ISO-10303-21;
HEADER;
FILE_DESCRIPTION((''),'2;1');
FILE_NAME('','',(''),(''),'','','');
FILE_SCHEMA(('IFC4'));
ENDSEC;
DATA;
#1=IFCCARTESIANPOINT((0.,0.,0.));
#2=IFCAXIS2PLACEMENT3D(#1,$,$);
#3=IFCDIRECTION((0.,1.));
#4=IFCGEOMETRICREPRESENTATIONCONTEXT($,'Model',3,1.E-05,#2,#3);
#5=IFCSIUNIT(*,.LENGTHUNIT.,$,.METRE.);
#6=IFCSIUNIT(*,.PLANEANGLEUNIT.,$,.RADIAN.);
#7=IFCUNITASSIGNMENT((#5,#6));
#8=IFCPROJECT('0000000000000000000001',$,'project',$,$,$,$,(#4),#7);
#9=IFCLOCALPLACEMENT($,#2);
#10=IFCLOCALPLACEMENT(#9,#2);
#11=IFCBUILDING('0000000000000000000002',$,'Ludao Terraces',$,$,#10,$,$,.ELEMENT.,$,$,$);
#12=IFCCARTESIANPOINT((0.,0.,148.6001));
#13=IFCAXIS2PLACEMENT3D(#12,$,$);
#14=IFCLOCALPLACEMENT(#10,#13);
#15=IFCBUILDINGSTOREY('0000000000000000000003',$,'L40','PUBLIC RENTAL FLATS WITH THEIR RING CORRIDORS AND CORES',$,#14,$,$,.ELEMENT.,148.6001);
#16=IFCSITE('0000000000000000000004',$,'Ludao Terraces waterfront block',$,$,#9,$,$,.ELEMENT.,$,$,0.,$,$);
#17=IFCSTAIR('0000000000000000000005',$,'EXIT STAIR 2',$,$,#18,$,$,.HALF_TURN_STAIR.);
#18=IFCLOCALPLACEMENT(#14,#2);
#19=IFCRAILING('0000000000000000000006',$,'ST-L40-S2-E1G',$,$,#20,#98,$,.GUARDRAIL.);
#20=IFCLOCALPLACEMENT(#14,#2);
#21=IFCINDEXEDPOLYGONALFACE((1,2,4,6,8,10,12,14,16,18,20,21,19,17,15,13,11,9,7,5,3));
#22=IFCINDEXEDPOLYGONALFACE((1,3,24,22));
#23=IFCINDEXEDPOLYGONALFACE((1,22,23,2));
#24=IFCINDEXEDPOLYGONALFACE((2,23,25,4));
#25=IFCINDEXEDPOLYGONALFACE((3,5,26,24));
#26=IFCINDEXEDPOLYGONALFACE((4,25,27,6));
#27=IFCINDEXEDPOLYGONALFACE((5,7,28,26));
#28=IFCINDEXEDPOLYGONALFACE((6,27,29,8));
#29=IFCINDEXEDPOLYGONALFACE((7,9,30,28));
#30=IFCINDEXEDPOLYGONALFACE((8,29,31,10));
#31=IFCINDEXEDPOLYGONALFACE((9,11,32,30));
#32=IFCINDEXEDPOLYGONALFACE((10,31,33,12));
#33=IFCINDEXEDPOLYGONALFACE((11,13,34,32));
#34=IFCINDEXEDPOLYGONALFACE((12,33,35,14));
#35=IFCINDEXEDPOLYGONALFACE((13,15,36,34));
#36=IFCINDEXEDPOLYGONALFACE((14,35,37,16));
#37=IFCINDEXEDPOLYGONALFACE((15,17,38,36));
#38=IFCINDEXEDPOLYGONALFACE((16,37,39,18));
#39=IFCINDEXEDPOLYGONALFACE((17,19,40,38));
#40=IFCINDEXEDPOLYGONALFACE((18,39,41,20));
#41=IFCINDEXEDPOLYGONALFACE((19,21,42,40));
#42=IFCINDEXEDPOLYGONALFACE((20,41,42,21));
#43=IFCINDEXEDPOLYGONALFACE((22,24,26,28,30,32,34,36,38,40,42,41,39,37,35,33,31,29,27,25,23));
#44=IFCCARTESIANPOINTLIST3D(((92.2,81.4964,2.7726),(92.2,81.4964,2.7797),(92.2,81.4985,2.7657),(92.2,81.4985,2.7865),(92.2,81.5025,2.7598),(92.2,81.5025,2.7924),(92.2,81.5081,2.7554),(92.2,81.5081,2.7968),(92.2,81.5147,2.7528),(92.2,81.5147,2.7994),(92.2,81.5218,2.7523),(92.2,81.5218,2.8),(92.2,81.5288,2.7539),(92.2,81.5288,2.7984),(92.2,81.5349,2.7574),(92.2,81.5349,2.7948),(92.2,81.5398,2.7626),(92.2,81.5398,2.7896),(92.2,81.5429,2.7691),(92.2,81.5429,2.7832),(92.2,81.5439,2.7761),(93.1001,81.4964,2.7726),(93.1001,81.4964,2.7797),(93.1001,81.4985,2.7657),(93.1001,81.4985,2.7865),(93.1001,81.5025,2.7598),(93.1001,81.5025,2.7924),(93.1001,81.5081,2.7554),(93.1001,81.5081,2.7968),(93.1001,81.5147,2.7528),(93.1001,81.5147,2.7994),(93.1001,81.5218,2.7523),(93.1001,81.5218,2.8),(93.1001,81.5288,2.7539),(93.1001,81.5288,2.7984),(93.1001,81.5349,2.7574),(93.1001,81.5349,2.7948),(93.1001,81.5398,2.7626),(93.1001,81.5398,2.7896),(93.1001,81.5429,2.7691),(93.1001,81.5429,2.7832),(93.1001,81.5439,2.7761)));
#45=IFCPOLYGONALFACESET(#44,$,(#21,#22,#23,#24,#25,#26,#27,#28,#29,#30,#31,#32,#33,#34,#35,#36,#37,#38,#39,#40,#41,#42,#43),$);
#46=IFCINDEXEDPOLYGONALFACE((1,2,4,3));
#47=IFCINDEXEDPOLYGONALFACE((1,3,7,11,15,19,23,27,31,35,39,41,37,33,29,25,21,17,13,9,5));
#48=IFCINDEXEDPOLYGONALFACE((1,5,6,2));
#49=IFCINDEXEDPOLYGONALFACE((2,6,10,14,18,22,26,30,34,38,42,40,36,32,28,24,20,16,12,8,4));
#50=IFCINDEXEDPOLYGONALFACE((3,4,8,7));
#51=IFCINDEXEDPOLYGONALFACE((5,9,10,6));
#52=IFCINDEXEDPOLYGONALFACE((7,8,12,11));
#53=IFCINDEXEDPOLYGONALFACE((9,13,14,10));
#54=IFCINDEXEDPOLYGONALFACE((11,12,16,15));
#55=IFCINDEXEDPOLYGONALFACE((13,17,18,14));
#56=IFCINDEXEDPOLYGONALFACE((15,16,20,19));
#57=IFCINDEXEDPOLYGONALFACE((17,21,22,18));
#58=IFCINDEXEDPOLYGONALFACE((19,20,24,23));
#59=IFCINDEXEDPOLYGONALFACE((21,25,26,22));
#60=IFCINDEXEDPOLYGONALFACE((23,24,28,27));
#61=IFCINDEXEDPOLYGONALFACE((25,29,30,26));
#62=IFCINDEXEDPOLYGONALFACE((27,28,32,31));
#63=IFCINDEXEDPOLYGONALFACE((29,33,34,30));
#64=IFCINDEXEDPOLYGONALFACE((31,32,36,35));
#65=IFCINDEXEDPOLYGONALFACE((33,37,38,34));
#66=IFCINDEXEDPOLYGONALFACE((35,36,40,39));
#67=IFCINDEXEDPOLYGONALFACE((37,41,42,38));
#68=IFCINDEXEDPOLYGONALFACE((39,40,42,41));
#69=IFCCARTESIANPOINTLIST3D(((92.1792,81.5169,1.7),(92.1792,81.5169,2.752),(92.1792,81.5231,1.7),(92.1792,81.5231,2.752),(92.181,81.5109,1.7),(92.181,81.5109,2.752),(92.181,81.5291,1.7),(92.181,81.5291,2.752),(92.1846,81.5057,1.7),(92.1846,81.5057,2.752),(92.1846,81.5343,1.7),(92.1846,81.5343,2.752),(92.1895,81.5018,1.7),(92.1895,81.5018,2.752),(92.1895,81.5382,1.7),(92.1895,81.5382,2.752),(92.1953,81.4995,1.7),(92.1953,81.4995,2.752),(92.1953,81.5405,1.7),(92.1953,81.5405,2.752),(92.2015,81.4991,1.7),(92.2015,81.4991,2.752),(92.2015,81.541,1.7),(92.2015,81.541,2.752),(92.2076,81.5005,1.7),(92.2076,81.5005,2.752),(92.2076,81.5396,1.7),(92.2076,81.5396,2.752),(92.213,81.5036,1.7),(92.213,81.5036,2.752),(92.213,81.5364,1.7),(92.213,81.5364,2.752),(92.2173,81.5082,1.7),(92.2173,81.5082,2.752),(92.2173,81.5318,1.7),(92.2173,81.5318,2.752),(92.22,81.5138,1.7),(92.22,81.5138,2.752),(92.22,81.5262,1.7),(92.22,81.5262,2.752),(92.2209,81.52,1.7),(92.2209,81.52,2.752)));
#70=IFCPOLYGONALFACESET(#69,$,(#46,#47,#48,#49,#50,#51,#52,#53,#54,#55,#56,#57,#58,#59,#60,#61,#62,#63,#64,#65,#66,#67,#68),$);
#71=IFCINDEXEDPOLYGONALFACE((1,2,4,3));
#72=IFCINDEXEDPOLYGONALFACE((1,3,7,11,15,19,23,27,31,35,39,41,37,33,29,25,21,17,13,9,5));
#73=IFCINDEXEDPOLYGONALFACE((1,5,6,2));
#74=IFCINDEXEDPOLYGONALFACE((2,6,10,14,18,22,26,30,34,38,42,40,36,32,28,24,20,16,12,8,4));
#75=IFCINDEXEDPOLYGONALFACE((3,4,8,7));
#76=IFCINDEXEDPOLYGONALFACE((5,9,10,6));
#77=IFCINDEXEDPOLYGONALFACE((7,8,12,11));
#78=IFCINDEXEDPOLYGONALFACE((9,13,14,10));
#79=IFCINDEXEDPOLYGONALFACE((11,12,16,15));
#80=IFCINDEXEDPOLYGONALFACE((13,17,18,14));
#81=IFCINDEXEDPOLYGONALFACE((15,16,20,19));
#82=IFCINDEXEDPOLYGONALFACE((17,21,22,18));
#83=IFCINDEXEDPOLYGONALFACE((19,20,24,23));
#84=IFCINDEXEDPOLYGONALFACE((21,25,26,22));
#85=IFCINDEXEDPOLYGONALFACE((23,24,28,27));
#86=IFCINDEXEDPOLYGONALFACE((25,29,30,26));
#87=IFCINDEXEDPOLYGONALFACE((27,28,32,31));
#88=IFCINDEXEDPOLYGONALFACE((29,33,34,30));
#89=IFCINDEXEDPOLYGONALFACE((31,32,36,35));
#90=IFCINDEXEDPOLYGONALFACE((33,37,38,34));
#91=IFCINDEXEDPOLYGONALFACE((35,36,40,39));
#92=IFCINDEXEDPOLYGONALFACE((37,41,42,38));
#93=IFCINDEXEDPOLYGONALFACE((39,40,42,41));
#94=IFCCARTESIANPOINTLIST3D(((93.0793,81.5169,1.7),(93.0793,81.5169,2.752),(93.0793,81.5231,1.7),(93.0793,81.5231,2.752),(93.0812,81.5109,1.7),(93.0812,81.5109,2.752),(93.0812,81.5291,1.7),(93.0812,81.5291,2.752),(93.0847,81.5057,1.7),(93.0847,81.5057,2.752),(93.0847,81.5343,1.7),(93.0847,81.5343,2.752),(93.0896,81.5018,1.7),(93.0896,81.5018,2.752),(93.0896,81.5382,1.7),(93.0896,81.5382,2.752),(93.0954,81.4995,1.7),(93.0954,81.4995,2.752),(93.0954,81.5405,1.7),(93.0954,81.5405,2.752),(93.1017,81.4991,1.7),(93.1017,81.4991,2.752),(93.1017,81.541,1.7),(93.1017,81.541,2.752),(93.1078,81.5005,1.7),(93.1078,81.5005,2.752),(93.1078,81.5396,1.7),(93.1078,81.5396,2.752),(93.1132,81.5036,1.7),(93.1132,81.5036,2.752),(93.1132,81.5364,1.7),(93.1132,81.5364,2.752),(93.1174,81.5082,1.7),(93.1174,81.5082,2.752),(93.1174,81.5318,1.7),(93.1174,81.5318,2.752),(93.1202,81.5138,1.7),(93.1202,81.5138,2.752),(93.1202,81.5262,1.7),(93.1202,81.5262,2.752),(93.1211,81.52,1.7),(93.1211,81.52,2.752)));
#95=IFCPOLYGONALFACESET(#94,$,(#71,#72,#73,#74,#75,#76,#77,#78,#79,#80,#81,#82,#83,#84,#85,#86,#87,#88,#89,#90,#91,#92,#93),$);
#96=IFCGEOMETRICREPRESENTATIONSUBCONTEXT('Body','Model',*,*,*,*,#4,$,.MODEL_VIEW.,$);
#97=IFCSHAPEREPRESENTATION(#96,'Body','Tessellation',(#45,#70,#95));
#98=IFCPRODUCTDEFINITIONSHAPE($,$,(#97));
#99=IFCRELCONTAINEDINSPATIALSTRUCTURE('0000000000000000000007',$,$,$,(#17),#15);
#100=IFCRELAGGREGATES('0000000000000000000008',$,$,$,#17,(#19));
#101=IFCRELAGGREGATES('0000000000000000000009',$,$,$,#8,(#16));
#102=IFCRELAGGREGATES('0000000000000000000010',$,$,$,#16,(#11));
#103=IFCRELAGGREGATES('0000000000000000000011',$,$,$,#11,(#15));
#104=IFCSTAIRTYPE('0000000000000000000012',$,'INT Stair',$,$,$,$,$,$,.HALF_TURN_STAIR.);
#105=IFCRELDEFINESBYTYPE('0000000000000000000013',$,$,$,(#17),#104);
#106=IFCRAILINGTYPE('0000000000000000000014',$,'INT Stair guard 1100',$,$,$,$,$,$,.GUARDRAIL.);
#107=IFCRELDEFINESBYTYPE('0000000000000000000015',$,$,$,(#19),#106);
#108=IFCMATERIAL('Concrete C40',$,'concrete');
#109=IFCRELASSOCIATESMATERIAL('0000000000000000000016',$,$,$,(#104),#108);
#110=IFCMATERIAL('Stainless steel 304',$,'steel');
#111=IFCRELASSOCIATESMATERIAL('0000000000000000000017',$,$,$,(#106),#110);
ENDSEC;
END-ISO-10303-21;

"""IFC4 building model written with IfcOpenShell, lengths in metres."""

from ifc_helpers import new_model, si_unit, direction, frame, origin, origin_2d, place, context, subcontext, project, spatial, circle, extrude, material, type_object, element, aggregate, save


model = new_model("IFC4")

# Units and contexts
model_context = context("Model", 3, precision=1e-05, world=origin(), true_north=direction((0.0, 1.0)))
body_context = subcontext(model_context, "Body", "Model", "MODEL_VIEW")
ifc_project = project(units=[si_unit("LENGTHUNIT", "METRE"), si_unit("PLANEANGLEUNIT", "RADIAN")], contexts=[model_context])

# Site, building, storey
site_placement = place(None, origin())
site = spatial("IfcSite", under=ifc_project, at=site_placement, Name="Ludao Terraces waterfront block", CompositionType="ELEMENT", RefElevation=0.0)
building_placement = place(site_placement, origin())
building = spatial("IfcBuilding", under=site, at=building_placement, Name="Ludao Terraces", CompositionType="ELEMENT")
storey_placement = place(building_placement, frame((0.0, 0.0, 148.6001)))
storey = spatial("IfcBuildingStorey", under=building, at=storey_placement, Name="L40", Description="PUBLIC RENTAL FLATS WITH THEIR RING CORRIDORS AND CORES", CompositionType="ELEMENT", Elevation=148.6001)

# Shared definitions
ifc_material_1 = material(Name="Stainless steel 304", Category="steel")

# Stair, railing
ifc_material_2 = material(Name="Concrete C40", Category="concrete")
stair_type = type_object("IfcStairType", Name="INT Stair", PredefinedType="HALF_TURN_STAIR", material=ifc_material_2)
stair_placement = place(storey_placement, origin())
stair = element("IfcStair", 1, at=stair_placement, inside=storey, type_object=stair_type, Name="EXIT STAIR 2", PredefinedType="HALF_TURN_STAIR")
railing_type_1 = type_object("IfcRailingType", Name="INT Stair guard 1100", PredefinedType="GUARDRAIL", material=ifc_material_1)
railing_1_placement = place(storey_placement, frame((92.2, 81.52, 1.7)))
railing_1 = element("IfcRailing", 2, at=railing_1_placement, type_object=railing_type_1, Name="ST-L40-S2-E1G", PredefinedType="GUARDRAIL", context=body_context, shape_type="SweptSolid", body=[
    extrude(circle(Radius=0.0239, at=origin_2d()), frame((0.0, 0.0, 1.0762), z_axis=(1.0, 0.0, 0.0), x_axis=(0.0, 1.0, 0.0)), (0.0, 0.0, 1.0), 0.9001),
    extrude(circle(Radius=0.021, at=origin_2d()), origin(), (0.0, 0.0, 1.0), 1.052),
    extrude(circle(Radius=0.021, at=origin_2d()), frame((0.9001, 0.0, 0.0)), (0.0, 0.0, 1.0), 1.052),
])
aggregate(stair, [railing_1])

save(model, "model.ifc")
